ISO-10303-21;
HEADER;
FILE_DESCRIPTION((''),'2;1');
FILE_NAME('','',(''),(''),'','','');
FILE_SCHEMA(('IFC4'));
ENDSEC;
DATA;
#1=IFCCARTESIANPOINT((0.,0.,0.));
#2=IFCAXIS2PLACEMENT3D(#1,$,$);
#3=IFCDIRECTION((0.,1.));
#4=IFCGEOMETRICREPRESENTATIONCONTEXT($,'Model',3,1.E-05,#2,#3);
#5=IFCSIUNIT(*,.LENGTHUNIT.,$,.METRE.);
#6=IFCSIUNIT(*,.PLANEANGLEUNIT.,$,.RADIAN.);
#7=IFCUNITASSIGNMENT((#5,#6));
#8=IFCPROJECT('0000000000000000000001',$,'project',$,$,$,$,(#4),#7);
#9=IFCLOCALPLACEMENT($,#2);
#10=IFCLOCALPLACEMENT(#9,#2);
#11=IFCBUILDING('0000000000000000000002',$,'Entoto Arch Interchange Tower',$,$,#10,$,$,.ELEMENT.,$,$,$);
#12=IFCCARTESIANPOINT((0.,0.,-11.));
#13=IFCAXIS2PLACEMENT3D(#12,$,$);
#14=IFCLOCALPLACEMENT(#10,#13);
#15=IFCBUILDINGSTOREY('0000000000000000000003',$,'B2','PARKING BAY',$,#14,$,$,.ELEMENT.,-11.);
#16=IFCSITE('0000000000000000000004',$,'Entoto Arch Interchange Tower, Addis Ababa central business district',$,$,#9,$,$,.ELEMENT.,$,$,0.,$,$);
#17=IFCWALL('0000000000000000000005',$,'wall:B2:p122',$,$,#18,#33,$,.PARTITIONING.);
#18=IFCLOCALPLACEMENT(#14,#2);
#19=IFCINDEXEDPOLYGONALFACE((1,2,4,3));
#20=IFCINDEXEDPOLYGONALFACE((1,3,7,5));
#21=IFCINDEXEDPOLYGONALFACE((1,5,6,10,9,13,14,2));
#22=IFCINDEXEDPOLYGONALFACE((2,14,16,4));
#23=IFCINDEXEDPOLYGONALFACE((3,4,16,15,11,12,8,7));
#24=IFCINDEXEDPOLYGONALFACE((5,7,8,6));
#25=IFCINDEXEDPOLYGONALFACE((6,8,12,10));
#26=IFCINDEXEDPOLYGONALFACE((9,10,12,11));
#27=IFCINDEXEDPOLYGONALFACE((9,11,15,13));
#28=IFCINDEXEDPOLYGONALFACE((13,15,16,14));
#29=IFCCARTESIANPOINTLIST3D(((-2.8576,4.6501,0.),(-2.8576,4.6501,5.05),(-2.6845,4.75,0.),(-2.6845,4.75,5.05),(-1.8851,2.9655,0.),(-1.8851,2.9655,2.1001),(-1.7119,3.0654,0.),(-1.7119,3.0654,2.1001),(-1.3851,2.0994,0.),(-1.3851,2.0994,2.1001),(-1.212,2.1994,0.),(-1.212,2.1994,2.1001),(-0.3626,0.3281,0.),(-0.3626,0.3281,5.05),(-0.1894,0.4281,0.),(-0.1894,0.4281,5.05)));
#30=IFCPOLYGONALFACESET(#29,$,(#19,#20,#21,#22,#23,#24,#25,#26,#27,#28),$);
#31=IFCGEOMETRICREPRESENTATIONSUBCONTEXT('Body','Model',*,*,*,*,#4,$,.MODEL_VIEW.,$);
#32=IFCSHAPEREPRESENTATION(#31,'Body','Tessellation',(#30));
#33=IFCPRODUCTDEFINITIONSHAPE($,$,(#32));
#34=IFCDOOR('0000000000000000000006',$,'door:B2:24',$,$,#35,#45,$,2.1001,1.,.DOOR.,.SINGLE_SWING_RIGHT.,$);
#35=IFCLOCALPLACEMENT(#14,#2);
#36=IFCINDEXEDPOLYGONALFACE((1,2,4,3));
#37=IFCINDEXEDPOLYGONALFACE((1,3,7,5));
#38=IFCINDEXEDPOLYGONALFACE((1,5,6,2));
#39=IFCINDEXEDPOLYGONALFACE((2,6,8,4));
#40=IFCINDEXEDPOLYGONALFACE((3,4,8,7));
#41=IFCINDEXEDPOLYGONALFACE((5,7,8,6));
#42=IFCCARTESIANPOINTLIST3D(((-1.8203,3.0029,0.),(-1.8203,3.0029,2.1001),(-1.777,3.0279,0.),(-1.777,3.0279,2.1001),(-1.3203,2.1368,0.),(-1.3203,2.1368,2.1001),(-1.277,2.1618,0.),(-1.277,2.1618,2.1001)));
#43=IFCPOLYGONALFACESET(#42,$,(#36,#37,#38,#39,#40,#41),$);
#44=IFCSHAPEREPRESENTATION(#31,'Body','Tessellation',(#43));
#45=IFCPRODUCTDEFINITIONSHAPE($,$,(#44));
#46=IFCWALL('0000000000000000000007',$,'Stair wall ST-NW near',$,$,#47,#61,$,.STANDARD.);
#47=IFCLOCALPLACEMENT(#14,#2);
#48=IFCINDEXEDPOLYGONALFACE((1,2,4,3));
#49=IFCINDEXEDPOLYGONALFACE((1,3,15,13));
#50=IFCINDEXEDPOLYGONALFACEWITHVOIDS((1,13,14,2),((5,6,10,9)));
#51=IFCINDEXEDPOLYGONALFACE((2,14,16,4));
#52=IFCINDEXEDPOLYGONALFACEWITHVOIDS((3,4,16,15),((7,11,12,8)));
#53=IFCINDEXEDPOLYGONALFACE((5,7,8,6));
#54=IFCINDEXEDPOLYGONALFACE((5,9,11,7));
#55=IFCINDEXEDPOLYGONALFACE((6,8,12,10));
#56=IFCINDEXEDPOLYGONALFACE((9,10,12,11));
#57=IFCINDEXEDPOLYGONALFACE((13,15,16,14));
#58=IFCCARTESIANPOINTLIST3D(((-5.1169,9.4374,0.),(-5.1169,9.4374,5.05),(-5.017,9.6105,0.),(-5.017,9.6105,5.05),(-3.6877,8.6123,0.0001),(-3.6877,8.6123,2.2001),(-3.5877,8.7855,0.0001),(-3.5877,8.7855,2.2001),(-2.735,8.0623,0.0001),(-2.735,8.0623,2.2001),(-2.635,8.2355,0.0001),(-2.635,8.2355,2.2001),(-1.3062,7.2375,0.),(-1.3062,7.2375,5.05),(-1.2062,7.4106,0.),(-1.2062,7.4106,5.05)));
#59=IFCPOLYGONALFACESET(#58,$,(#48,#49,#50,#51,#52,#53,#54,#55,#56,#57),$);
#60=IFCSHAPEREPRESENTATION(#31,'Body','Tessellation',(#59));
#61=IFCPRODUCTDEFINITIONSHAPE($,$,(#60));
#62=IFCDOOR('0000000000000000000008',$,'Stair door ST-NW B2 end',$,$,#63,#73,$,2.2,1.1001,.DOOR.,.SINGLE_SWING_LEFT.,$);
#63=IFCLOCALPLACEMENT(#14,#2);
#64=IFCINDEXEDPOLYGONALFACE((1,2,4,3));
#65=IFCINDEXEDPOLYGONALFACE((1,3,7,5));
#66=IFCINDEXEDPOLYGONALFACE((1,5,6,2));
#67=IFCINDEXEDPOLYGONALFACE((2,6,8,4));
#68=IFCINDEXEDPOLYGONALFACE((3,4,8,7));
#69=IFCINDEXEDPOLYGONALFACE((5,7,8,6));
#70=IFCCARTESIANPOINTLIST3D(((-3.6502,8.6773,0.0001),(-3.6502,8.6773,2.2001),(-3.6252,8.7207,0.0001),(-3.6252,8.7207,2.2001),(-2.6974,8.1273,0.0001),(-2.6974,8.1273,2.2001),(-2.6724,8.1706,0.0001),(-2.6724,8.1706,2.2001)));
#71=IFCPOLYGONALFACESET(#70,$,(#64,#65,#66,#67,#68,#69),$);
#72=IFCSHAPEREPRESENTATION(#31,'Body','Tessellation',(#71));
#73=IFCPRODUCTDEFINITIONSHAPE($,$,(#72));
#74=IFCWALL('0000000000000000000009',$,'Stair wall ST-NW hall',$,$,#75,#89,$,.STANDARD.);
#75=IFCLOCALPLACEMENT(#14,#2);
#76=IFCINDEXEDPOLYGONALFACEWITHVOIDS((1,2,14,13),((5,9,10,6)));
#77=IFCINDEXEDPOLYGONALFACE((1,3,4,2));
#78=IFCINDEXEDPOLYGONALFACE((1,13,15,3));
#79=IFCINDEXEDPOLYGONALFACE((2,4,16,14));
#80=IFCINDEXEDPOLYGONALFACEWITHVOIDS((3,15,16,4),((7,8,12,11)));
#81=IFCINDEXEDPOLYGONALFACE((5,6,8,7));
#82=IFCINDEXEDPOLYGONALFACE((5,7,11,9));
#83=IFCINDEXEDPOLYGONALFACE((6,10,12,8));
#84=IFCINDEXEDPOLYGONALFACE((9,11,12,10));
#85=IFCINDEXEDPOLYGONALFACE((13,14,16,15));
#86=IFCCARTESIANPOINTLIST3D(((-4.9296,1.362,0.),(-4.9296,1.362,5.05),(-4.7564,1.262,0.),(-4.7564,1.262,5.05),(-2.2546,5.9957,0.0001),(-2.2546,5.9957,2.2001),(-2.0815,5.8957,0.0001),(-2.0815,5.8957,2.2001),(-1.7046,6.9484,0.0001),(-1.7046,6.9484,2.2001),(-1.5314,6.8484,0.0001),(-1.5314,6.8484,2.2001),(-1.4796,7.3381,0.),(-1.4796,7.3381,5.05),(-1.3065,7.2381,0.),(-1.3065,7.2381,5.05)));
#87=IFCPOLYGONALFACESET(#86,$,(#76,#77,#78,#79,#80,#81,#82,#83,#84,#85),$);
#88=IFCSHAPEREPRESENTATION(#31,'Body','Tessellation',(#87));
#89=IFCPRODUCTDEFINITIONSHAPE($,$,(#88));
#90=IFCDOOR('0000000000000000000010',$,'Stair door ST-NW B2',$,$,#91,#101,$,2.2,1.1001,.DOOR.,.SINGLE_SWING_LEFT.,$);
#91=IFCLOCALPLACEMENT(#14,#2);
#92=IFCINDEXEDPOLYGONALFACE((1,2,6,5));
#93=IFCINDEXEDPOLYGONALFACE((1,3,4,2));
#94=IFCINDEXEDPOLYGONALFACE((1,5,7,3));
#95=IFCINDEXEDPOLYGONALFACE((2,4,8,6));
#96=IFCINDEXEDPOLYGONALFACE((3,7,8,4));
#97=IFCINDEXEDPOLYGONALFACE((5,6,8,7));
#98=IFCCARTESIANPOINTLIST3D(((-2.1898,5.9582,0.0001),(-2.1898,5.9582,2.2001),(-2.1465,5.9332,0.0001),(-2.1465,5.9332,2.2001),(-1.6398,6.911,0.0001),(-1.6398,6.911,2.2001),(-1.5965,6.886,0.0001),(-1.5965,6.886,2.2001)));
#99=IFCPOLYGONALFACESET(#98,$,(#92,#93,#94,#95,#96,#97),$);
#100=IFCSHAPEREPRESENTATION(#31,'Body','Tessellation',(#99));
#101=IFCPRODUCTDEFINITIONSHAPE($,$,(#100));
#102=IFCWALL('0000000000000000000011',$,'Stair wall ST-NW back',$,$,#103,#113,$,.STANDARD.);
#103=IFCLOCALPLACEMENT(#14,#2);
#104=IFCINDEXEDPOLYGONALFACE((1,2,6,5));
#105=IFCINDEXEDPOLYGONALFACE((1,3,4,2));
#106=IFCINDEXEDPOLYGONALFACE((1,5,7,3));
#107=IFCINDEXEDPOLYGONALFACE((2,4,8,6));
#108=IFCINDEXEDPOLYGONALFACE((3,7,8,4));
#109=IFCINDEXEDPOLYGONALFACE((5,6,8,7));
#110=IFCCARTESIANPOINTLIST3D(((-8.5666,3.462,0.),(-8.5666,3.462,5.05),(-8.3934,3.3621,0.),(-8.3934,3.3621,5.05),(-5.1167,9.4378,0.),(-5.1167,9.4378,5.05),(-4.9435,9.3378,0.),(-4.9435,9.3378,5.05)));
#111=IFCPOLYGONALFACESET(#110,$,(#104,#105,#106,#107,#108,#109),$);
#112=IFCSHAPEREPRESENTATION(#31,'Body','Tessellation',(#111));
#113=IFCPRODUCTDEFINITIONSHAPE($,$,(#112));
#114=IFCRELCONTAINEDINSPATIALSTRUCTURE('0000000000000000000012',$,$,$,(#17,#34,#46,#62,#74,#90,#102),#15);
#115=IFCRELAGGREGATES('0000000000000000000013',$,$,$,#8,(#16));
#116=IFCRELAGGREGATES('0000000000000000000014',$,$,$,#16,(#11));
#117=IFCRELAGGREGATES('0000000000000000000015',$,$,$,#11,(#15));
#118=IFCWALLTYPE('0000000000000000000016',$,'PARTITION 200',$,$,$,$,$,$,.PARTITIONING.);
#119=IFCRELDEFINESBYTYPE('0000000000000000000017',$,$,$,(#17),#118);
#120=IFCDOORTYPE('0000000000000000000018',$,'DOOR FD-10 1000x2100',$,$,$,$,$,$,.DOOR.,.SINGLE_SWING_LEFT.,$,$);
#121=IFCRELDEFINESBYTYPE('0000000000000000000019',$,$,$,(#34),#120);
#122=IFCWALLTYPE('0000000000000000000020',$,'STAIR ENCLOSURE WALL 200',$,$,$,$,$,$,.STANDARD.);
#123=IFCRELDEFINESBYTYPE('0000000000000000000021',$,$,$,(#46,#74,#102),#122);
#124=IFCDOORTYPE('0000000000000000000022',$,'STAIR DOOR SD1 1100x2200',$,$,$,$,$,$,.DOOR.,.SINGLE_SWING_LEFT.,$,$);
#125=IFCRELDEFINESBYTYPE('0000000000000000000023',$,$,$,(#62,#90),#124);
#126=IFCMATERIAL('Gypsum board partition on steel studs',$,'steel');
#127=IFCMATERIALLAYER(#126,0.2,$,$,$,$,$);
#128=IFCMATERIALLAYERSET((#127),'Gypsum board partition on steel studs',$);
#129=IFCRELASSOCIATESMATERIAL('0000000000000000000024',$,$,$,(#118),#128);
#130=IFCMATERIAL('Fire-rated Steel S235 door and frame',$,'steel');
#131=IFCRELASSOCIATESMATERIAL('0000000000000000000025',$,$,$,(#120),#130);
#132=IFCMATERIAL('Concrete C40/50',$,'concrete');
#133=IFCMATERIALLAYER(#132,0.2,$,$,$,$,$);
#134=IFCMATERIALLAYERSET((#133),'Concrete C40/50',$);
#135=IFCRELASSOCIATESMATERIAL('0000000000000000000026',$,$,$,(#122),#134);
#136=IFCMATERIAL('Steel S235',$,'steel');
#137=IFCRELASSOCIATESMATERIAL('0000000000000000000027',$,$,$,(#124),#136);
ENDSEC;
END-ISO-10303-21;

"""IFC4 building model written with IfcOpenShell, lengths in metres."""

from ifc_helpers import new_model, si_unit, direction, frame, frame_2d, origin, place, context, subcontext, project, spatial, rectangle, extrude, material, layer, layer_set, type_object, element, fill, save


model = new_model("IFC4")

# Units and contexts
model_context = context("Model", 3, precision=1e-05, world=origin(), true_north=direction((0.0, 1.0)))
body_context = subcontext(model_context, "Body", "Model", "MODEL_VIEW")
ifc_project = project(units=[si_unit("LENGTHUNIT", "METRE"), si_unit("PLANEANGLEUNIT", "RADIAN")], contexts=[model_context])

# Site, building, storey
site_placement = place(None, origin())
site = spatial("IfcSite", under=ifc_project, at=site_placement, Name="Entoto Arch Interchange Tower, Addis Ababa central business district", CompositionType="ELEMENT", RefElevation=0.0)
building_placement = place(site_placement, origin())
building = spatial("IfcBuilding", under=site, at=building_placement, Name="Entoto Arch Interchange Tower", CompositionType="ELEMENT")
storey_placement = place(building_placement, frame((0.0, 0.0, -11.0)))
storey = spatial("IfcBuildingStorey", under=building, at=storey_placement, Name="B2", Description="PARKING BAY", CompositionType="ELEMENT", Elevation=-11.0)

# Shared definitions
ifc_material_1 = material(Name="Fire-rated Steel S235 door and frame", Category="steel")

# Shared definitions
ifc_material_2 = material(Name="Gypsum board partition on steel studs", Category="steel")
ifc_layer_1 = layer(ifc_material_2, 0.2)
ifc_layer_set_1 = layer_set([ifc_layer_1], Name="Gypsum board partition on steel studs")
wall_type_1 = type_object("IfcWallType", Name="PARTITION 200", PredefinedType="PARTITIONING", material=ifc_layer_set_1)

# Walls, openings, doors
wall_1_placement = place(storey_placement, frame((-2.771, 4.7, 0.0), z_axis=(0.0, 0.0, 1.0), x_axis=(0.499969, -0.866043, 0.0)))
wall_1 = element("IfcWall", 1, at=wall_1_placement, inside=storey, type_object=wall_type_1, Name="wall:B2:p122", PredefinedType="PARTITIONING", context=body_context, shape_type="SweptSolid", body=[
    extrude(rectangle(XDim=4.9905, YDim=0.2, at=frame_2d((2.4951, 0.0))), origin(), (0.0, 0.0, 1.0), 5.05),
])
opening_1_placement = place(wall_1_placement, frame((1.9451, 0.0, 0.0)))
opening_1 = element("IfcOpeningElement", 2, at=opening_1_placement, cuts=wall_1, PredefinedType="OPENING", context=body_context, shape_type="SweptSolid", body=[
    extrude(rectangle(XDim=1.0, YDim=2.1001, at=frame_2d((0.5, 1.05))), frame((0.0, 0.1099, 0.0), z_axis=(0.0, -1.0, 0.0), x_axis=(1.0, 0.0, 0.0)), (0.0, 0.0, 1.0), 0.22),
])
door_type_1 = type_object("IfcDoorType", Name="DOOR FD-10 1000x2100", OperationType="SINGLE_SWING_LEFT", PredefinedType="DOOR", material=ifc_material_1)
door_1_placement = place(opening_1_placement, origin())
door_1 = element("IfcDoor", 3, at=door_1_placement, inside=storey, type_object=door_type_1, Name="door:B2:24", OperationType="SINGLE_SWING_RIGHT", OverallHeight=2.1001, OverallWidth=1.0, PredefinedType="DOOR", context=body_context, shape_type="SweptSolid", body=[
    extrude(rectangle(XDim=1.0, YDim=2.1001, at=frame_2d((0.5, 1.05))), frame((0.0, 0.0249, 0.0), z_axis=(0.0, -1.0, 0.0), x_axis=(1.0, 0.0, 0.0)), (0.0, 0.0, 1.0), 0.05),
])
fill(opening_1, door_1)
ifc_material_3 = material(Name="Concrete C40/50", Category="concrete")
ifc_layer_2 = layer(ifc_material_3, 0.2)
ifc_layer_set_2 = layer_set([ifc_layer_2], Name="Concrete C40/50")
wall_type_2 = type_object("IfcWallType", Name="STAIR ENCLOSURE WALL 200", PredefinedType="STANDARD", material=ifc_layer_set_2)
wall_2_placement = place(storey_placement, frame((-1.2561, 7.324, 0.0), z_axis=(0.0, 0.0, 1.0), x_axis=(-0.866046, 0.499964, 0.0)))
wall_2 = element("IfcWall", 4, at=wall_2_placement, inside=storey, type_object=wall_type_2, Name="Stair wall ST-NW near", PredefinedType="STANDARD", context=body_context, shape_type="SweptSolid", body=[
    extrude(rectangle(XDim=4.4001, YDim=0.2, at=frame_2d((2.2002, 0.0))), origin(), (0.0, 0.0, 1.0), 5.05),
])
opening_2_placement = place(wall_2_placement, frame((1.6499, 0.0, 0.0)))
opening_2 = element("IfcOpeningElement", 5, at=opening_2_placement, cuts=wall_2, PredefinedType="OPENING", context=body_context, shape_type="SweptSolid", body=[
    extrude(rectangle(XDim=1.1001, YDim=2.2, at=frame_2d((0.55, 1.1001))), frame((0.0, 0.1099, 0.0), z_axis=(0.0, -1.0, 0.0), x_axis=(1.0, 0.0, 0.0)), (0.0, 0.0, 1.0), 0.22),
])
ifc_material_4 = material(Name="Steel S235", Category="steel")
door_type_2 = type_object("IfcDoorType", Name="STAIR DOOR SD1 1100x2200", OperationType="SINGLE_SWING_LEFT", PredefinedType="DOOR", material=ifc_material_4)
door_2_placement = place(opening_2_placement, origin())
door_2 = element("IfcDoor", 6, at=door_2_placement, inside=storey, type_object=door_type_2, Name="Stair door ST-NW B2 end", OperationType="SINGLE_SWING_LEFT", OverallHeight=2.2, OverallWidth=1.1001, PredefinedType="DOOR", context=body_context, shape_type="SweptSolid", body=[
    extrude(rectangle(XDim=1.1001, YDim=2.2, at=frame_2d((0.55, 1.1001))), frame((0.0, 0.0249, 0.0), z_axis=(0.0, -1.0, 0.0), x_axis=(1.0, 0.0, 0.0)), (0.0, 0.0, 1.0), 0.05),
])
fill(opening_2, door_2)
wall_3_placement = place(storey_placement, frame((-1.3931, 7.2881, 0.0), z_axis=(0.0, 0.0, 1.0), x_axis=(-0.499963, -0.866047, 0.0)))
wall_3 = element("IfcWall", 7, at=wall_3_placement, inside=storey, type_object=wall_type_2, Name="Stair wall ST-NW hall", PredefinedType="STANDARD", context=body_context, shape_type="SweptSolid", body=[
    extrude(rectangle(XDim=6.9004, YDim=0.2, at=frame_2d((3.4502, 0.0))), origin(), (0.0, 0.0, 1.0), 5.05),
])
opening_3_placement = place(wall_3_placement, frame((0.45, 0.0, 0.0)))
opening_3 = element("IfcOpeningElement", 8, at=opening_3_placement, cuts=wall_3, PredefinedType="OPENING", context=body_context, shape_type="SweptSolid", body=[
    extrude(rectangle(XDim=1.1001, YDim=2.2, at=frame_2d((0.55, 1.1001))), frame((0.0, 0.1099, 0.0), z_axis=(0.0, -1.0, 0.0), x_axis=(1.0, 0.0, 0.0)), (0.0, 0.0, 1.0), 0.22),
])
door_3_placement = place(opening_3_placement, origin())
door_3 = element("IfcDoor", 9, at=door_3_placement, inside=storey, type_object=door_type_2, Name="Stair door ST-NW B2", OperationType="SINGLE_SWING_LEFT", OverallHeight=2.2, OverallWidth=1.1001, PredefinedType="DOOR", context=body_context, shape_type="SweptSolid", body=[
    extrude(rectangle(XDim=1.1001, YDim=2.2, at=frame_2d((0.55, 1.1001))), frame((0.0, 0.0249, 0.0), z_axis=(0.0, -1.0, 0.0), x_axis=(1.0, 0.0, 0.0)), (0.0, 0.0, 1.0), 0.05),
])
fill(opening_3, door_3)

# Wall
wall_4_placement = place(storey_placement, frame((-5.03, 9.3879, 0.0), z_axis=(0.0, 0.0, 1.0), x_axis=(-0.499979, -0.866038, 0.0)))
element("IfcWall", 10, at=wall_4_placement, inside=storey, type_object=wall_type_2, Name="Stair wall ST-NW back", PredefinedType="STANDARD", context=body_context, shape_type="SweptSolid", body=[
    extrude(rectangle(XDim=6.9001, YDim=0.2, at=frame_2d((3.4502, 0.0))), origin(), (0.0, 0.0, 1.0), 5.05),
])

save(model, "model.ifc")
